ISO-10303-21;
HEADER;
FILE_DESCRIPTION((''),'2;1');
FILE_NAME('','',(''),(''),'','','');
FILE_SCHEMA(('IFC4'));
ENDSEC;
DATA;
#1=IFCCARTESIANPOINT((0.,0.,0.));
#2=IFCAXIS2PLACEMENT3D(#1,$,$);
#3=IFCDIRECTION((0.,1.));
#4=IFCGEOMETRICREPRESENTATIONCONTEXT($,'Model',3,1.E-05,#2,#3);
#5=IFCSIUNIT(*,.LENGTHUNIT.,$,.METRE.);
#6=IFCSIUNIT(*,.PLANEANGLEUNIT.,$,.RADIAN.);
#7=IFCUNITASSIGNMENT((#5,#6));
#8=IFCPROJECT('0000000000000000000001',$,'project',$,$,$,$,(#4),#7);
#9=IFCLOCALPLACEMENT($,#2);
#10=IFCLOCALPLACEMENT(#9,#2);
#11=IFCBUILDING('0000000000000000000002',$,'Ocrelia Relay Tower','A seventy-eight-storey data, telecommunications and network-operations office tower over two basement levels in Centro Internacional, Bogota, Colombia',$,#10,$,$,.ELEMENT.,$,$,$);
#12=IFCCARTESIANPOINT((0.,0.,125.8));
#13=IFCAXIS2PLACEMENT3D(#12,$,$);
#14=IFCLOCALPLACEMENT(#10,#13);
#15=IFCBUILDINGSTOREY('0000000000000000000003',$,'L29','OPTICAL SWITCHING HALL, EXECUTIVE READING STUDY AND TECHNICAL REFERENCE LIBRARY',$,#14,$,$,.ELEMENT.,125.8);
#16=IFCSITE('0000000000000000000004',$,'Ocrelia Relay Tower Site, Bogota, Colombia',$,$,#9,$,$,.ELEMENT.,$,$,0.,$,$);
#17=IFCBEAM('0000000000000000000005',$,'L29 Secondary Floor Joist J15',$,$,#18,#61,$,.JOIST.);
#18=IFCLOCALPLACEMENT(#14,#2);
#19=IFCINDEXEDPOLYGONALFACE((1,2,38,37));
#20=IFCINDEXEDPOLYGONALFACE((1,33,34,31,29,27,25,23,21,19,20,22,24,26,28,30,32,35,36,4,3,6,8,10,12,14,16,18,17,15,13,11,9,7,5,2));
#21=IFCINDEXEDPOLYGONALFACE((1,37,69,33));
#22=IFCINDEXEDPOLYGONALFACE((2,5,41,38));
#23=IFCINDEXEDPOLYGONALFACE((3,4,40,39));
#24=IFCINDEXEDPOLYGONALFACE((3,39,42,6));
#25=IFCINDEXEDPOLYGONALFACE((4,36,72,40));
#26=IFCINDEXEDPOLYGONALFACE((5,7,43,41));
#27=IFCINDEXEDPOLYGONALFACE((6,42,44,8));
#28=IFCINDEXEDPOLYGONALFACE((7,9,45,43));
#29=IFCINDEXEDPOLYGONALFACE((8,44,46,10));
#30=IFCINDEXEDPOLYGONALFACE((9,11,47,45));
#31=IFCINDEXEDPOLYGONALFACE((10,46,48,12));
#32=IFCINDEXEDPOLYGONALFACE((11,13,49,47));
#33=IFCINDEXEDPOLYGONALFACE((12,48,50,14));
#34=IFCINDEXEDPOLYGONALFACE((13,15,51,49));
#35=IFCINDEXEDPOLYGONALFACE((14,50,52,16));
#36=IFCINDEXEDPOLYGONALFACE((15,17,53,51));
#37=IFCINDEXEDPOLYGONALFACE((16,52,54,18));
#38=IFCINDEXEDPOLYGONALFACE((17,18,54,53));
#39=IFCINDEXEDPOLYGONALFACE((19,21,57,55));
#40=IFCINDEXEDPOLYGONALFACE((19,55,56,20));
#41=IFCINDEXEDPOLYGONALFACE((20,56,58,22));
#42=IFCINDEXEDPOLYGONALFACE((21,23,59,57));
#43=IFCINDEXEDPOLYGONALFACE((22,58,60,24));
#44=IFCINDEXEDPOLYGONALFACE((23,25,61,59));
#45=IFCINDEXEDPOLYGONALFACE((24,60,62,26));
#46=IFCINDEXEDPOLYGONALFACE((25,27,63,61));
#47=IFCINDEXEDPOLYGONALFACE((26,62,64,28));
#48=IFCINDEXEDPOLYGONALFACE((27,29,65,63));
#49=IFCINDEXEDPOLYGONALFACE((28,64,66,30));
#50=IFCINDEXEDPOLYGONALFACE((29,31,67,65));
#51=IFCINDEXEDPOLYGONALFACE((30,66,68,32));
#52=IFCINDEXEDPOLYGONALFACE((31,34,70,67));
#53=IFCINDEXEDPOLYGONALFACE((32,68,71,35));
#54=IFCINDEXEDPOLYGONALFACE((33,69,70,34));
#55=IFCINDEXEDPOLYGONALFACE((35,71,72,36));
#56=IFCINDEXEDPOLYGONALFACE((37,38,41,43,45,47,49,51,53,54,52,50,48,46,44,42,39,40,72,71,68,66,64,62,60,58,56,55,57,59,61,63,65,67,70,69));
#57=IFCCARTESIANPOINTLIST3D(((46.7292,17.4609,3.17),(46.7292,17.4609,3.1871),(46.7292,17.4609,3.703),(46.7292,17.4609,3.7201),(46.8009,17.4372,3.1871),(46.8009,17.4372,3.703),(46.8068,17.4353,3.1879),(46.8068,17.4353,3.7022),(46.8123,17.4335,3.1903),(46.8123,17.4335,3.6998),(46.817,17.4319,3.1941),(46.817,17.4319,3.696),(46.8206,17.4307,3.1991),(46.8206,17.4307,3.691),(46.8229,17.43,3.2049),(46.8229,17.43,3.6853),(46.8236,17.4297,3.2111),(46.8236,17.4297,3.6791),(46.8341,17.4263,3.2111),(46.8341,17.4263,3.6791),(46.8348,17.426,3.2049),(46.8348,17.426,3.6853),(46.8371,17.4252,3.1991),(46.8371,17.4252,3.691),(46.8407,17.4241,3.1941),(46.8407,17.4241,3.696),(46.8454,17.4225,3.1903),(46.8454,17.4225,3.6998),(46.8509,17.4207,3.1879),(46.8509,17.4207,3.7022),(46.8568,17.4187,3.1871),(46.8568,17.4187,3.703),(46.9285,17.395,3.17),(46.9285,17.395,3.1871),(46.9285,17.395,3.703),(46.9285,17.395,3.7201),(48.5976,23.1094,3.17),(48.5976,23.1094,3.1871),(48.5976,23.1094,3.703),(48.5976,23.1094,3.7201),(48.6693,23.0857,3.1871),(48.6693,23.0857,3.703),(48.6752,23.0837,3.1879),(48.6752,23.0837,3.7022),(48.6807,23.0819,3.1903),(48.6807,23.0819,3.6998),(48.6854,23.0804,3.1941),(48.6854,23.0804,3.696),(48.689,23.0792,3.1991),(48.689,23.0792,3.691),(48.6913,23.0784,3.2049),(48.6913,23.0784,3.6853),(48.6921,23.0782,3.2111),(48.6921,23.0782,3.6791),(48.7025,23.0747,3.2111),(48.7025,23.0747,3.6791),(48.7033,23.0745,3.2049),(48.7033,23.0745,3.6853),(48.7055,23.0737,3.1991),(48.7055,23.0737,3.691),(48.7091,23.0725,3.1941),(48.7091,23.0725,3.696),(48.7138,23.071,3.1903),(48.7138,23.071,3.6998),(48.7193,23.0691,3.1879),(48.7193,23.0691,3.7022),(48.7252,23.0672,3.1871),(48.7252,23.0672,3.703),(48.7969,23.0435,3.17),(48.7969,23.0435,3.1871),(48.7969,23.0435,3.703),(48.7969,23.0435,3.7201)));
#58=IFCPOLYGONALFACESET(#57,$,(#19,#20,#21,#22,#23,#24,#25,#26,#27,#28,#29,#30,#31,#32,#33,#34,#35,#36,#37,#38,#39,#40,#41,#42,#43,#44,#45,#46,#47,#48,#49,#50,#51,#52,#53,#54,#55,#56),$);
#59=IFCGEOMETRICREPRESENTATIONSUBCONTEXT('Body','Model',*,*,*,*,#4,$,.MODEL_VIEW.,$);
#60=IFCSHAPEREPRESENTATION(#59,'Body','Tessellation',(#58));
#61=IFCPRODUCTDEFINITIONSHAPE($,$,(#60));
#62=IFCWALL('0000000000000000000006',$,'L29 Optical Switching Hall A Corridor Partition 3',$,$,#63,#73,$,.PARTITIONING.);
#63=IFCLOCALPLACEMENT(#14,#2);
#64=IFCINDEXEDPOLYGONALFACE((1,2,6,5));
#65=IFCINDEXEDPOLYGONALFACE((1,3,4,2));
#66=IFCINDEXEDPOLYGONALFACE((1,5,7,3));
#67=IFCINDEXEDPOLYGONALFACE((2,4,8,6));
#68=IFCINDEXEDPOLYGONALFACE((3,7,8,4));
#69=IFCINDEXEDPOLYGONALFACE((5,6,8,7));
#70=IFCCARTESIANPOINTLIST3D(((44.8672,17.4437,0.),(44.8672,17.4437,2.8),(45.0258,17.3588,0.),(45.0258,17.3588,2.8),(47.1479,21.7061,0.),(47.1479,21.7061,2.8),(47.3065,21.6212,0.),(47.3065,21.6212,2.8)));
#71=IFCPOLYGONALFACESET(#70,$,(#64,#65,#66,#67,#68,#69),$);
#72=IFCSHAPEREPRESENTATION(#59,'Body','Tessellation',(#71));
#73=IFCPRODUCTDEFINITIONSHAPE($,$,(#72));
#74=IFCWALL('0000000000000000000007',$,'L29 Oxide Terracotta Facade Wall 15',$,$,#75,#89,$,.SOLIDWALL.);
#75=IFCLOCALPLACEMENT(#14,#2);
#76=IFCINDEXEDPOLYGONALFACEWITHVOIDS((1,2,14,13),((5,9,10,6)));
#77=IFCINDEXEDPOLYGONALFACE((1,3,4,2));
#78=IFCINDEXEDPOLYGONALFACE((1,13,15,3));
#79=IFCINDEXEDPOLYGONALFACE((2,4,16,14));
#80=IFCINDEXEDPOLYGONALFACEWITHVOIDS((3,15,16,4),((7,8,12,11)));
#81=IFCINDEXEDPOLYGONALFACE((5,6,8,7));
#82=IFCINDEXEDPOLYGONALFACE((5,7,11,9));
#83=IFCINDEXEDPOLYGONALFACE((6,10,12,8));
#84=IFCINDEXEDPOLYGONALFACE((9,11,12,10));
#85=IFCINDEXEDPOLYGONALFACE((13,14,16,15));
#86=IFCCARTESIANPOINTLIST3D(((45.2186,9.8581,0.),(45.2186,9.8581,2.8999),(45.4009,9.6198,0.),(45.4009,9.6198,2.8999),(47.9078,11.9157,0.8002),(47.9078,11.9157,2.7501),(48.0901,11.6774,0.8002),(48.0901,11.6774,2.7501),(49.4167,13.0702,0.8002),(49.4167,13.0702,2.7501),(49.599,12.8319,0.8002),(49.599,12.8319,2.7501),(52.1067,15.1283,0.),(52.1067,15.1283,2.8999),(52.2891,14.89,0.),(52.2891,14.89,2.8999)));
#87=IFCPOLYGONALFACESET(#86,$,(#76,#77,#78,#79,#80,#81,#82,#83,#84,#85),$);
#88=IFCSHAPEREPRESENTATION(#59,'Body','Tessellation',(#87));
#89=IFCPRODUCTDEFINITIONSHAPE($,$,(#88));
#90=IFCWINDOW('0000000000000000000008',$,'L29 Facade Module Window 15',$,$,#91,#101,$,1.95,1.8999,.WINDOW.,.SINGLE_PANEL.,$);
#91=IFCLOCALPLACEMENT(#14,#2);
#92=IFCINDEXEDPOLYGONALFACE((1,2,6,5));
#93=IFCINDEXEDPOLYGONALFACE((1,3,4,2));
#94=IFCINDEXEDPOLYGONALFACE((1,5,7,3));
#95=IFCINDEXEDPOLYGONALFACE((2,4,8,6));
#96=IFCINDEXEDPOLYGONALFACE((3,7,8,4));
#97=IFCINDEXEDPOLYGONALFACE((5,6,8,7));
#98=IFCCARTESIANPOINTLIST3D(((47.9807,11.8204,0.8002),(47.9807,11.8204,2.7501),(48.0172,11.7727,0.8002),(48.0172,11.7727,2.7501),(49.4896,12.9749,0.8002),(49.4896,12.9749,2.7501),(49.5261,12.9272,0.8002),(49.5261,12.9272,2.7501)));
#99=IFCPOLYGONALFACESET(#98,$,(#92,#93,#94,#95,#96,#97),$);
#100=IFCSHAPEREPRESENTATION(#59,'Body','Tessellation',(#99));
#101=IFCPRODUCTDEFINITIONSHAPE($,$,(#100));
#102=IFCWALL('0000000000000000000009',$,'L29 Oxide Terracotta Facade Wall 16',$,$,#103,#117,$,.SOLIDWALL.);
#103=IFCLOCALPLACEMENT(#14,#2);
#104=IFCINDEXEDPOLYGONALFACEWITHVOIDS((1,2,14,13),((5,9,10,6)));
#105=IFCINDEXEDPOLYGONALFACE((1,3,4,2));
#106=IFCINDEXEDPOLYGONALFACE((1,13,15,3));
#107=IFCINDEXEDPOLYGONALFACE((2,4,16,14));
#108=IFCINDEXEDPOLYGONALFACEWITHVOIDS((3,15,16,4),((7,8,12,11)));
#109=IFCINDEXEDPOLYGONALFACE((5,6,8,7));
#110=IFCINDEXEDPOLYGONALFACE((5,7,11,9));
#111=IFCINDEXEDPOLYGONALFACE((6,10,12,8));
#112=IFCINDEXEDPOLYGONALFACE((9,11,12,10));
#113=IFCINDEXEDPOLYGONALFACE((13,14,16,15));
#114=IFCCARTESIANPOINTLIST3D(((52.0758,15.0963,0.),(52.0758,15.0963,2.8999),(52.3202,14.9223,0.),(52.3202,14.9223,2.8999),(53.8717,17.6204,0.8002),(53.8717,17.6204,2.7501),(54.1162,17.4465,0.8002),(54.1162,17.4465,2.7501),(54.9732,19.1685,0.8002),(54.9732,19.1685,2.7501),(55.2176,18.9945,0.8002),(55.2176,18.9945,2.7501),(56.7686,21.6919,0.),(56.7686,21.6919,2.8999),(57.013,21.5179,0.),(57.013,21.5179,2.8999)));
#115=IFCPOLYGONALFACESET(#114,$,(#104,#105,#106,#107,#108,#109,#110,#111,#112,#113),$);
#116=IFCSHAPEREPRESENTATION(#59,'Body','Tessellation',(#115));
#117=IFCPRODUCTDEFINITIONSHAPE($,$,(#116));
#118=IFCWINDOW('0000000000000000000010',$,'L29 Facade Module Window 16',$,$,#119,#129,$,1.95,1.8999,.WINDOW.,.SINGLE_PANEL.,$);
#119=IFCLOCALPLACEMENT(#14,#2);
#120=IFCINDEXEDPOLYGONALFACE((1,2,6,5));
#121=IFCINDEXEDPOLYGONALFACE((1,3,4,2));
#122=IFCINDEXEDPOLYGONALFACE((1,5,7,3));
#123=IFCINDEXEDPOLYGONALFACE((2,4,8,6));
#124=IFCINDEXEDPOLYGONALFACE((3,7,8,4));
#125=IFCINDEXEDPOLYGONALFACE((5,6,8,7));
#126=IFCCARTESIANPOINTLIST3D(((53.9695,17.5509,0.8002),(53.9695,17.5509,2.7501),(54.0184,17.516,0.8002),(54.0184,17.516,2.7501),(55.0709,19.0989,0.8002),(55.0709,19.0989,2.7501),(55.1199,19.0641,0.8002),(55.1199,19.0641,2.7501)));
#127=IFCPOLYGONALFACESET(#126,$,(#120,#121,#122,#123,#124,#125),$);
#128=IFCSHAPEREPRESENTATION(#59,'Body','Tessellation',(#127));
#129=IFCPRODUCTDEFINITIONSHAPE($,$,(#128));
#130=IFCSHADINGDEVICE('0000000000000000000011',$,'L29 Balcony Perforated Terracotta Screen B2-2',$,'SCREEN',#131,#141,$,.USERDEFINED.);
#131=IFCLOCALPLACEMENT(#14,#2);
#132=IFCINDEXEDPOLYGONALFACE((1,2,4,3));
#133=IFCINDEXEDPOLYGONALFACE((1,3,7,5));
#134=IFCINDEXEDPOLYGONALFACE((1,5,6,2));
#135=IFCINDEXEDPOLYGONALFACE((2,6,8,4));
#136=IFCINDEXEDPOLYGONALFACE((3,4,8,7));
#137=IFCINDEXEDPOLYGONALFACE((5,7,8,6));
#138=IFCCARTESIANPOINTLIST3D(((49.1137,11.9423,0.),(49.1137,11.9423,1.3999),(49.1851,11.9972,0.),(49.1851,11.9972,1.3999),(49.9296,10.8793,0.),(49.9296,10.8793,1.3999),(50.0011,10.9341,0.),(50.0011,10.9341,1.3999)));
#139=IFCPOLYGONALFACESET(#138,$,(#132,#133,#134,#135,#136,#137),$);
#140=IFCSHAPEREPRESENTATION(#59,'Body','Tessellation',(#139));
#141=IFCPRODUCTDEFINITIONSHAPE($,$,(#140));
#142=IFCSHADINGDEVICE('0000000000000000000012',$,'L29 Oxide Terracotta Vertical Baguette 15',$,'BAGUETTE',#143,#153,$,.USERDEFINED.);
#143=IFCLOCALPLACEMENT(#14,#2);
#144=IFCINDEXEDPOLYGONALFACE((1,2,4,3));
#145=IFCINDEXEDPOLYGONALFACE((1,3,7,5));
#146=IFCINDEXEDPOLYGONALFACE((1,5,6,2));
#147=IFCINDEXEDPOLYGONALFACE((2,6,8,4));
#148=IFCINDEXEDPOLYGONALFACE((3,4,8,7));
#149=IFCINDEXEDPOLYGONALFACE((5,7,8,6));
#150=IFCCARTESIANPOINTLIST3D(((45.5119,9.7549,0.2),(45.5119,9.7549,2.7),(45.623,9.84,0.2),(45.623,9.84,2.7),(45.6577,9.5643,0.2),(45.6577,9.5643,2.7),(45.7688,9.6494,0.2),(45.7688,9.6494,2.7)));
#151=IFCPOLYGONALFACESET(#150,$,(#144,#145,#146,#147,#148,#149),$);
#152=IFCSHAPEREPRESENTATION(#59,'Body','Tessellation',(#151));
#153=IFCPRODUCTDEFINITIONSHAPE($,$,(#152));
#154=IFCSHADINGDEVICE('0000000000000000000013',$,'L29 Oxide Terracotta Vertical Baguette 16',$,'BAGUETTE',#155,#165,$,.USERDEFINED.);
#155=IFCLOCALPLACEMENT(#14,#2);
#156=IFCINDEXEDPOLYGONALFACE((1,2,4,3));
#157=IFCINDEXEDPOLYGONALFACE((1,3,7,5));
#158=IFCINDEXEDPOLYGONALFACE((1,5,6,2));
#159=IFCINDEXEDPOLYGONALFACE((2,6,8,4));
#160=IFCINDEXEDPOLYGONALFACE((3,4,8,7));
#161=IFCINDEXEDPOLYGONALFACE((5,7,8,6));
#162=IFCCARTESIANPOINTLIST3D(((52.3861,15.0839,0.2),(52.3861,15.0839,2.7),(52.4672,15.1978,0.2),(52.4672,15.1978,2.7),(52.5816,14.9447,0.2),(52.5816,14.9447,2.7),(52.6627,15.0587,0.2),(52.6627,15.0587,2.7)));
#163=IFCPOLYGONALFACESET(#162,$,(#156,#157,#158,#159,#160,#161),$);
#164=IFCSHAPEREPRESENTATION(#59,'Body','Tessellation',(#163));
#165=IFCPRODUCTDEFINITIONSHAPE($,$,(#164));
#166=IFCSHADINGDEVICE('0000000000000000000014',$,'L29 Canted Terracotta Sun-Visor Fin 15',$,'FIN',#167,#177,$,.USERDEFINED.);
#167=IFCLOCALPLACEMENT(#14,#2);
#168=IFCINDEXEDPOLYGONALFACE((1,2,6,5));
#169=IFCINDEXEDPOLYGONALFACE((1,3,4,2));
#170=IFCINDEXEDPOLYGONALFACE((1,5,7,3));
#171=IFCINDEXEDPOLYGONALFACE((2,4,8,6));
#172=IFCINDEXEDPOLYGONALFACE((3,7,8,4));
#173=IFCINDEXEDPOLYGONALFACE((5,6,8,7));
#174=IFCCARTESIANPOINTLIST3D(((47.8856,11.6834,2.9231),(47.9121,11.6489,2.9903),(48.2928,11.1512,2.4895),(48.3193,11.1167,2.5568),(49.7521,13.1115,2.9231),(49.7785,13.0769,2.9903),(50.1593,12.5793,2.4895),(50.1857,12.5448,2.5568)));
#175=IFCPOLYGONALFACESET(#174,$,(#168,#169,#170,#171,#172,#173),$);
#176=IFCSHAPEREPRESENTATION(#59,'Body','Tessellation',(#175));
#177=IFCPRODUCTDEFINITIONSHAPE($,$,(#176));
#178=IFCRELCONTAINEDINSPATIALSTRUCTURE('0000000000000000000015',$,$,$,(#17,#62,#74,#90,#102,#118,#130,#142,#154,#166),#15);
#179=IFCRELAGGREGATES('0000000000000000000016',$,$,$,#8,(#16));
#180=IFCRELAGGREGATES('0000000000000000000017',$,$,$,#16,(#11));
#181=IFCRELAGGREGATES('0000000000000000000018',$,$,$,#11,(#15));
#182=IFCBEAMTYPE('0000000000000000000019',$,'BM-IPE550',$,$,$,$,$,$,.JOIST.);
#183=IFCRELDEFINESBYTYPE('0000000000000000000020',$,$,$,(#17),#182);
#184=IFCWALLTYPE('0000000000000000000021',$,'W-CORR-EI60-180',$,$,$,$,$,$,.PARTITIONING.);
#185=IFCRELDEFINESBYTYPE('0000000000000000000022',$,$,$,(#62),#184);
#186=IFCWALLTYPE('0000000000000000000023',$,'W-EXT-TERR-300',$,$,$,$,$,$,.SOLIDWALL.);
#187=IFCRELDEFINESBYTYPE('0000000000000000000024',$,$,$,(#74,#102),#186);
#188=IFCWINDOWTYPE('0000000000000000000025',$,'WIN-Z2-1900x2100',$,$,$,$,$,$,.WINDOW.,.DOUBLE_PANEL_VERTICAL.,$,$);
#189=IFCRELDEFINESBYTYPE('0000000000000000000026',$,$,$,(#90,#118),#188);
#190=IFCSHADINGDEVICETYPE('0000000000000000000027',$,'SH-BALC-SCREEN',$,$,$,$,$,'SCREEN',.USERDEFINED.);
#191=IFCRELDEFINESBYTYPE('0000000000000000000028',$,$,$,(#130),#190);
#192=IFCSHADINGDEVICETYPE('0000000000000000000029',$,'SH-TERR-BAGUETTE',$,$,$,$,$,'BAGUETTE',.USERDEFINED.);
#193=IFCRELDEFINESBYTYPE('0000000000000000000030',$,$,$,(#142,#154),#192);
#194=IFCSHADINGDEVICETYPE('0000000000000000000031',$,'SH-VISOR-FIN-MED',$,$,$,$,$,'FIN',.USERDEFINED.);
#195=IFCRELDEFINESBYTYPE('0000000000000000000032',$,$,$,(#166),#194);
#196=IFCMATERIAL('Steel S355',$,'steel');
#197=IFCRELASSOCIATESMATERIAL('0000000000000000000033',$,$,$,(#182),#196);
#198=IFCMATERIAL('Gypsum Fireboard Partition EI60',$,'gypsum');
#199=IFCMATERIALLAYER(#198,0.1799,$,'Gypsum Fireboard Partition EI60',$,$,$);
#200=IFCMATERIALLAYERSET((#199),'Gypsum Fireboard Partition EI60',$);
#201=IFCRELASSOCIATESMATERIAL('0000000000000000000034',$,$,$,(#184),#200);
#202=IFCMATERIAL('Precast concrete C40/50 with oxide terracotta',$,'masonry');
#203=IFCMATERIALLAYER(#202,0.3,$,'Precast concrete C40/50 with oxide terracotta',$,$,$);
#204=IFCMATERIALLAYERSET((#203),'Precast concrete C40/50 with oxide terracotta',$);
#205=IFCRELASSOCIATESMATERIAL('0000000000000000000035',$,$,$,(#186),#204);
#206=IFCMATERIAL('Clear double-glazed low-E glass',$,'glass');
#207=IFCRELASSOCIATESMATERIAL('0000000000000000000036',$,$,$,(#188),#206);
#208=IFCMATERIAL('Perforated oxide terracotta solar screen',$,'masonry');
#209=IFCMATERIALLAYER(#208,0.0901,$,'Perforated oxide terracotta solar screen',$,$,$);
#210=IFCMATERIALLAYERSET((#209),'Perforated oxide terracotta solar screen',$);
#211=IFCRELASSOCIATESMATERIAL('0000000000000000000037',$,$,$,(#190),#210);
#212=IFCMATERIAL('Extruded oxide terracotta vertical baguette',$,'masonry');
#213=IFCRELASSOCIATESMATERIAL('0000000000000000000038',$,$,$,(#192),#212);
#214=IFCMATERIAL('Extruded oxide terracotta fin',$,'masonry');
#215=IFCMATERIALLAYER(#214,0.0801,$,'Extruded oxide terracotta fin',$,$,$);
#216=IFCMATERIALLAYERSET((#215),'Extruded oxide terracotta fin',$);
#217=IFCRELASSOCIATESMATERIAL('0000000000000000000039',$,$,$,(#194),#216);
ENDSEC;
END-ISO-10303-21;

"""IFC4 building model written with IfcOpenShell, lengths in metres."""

from ifc_helpers import new_model, si_unit, direction, frame, frame_2d, origin, origin_2d, place, context, subcontext, project, spatial, rectangle, i_section, extrude, material, layer, layer_set, material_profile, profile_set, type_object, element, fill, save


model = new_model("IFC4")

# Units and contexts
model_context = context("Model", 3, precision=1e-05, world=origin(), true_north=direction((0.0, 1.0)))
body_context = subcontext(model_context, "Body", "Model", "MODEL_VIEW")
ifc_project = project(units=[si_unit("LENGTHUNIT", "METRE"), si_unit("PLANEANGLEUNIT", "RADIAN")], contexts=[model_context])

# Site, building, storey
site_placement = place(None, origin())
site = spatial("IfcSite", under=ifc_project, at=site_placement, Name="Ocrelia Relay Tower Site, Bogota, Colombia", CompositionType="ELEMENT", RefElevation=0.0)
building_placement = place(site_placement, origin())
building = spatial("IfcBuilding", under=site, at=building_placement, Name="Ocrelia Relay Tower", Description="A seventy-eight-storey data, telecommunications and network-operations office tower over two basement levels in Centro Internacional, Bogota, Colombia", CompositionType="ELEMENT")
storey_placement = place(building_placement, frame((0.0, 0.0, 125.8)))
storey = spatial("IfcBuildingStorey", under=building, at=storey_placement, Name="L29", Description="OPTICAL SWITCHING HALL, EXECUTIVE READING STUDY AND TECHNICAL REFERENCE LIBRARY", CompositionType="ELEMENT", Elevation=125.8)

# Beam
ifc_material_1 = material(Name="Steel S355", Category="steel")
ifc_material_profile_1 = material_profile(ifc_material_1, i_section(OverallWidth=0.21, OverallDepth=0.55, WebThickness=0.011, FlangeThickness=0.0171, FilletRadius=0.0239, at=origin_2d()), Name="IPE 550")
ifc_profile_set_1 = profile_set([ifc_material_profile_1], Name="Steel S355")
beam_type_1 = type_object("IfcBeamType", Name="BM-IPE550", PredefinedType="JOIST", material=ifc_profile_set_1)
beam_1_placement = place(storey_placement, frame((46.8289, 17.428, 3.4451), z_axis=(0.314048, 0.949407, 0.0), x_axis=(-0.949407, 0.314048, 0.0)))
element("IfcBeam", 1, at=beam_1_placement, inside=storey, type_object=beam_type_1, Name="L29 Secondary Floor Joist J15", PredefinedType="JOIST", context=body_context, shape_type="SweptSolid", body=[
    extrude(i_section(OverallWidth=0.21, OverallDepth=0.55, WebThickness=0.011, FlangeThickness=0.0171, FilletRadius=0.0239, at=origin_2d()), origin(), (0.0, 0.0, 1.0), 5.9495),
])

# Wall
ifc_material_2 = material(Name="Gypsum Fireboard Partition EI60", Category="gypsum")
ifc_layer_1 = layer(ifc_material_2, 0.1799, Name="Gypsum Fireboard Partition EI60")
ifc_layer_set_1 = layer_set([ifc_layer_1], Name="Gypsum Fireboard Partition EI60")
wall_type_1 = type_object("IfcWallType", Name="W-CORR-EI60-180", PredefinedType="PARTITIONING", material=ifc_layer_set_1)
wall_1_placement = place(storey_placement, frame((44.9465, 17.4014, 0.0), z_axis=(0.0, 0.0, 1.0), x_axis=(0.471788, 0.881712, 0.0)))
element("IfcWall", 2, at=wall_1_placement, inside=storey, type_object=wall_type_1, Name="L29 Optical Switching Hall A Corridor Partition 3", PredefinedType="PARTITIONING", context=body_context, shape_type="SweptSolid", body=[
    extrude(rectangle(XDim=4.8342, YDim=0.1799, at=frame_2d((2.417, 0.0))), origin(), (0.0, 0.0, 1.0), 2.8),
])

# Walls, openings, windows
ifc_material_3 = material(Name="Precast concrete C40/50 with oxide terracotta", Category="masonry")
ifc_layer_2 = layer(ifc_material_3, 0.3, Name="Precast concrete C40/50 with oxide terracotta")
ifc_layer_set_2 = layer_set([ifc_layer_2], Name="Precast concrete C40/50 with oxide terracotta")
wall_type_2 = type_object("IfcWallType", Name="W-EXT-TERR-300", PredefinedType="SOLIDWALL", material=ifc_layer_set_2)
wall_2_placement = place(storey_placement, frame((45.3098, 9.739, 0.0), z_axis=(0.0, 0.0, 1.0), x_axis=(0.7942, 0.607656, 0.0)))
wall_2 = element("IfcWall", 3, at=wall_2_placement, inside=storey, type_object=wall_type_2, Name="L29 Oxide Terracotta Facade Wall 15", PredefinedType="SOLIDWALL", context=body_context, shape_type="SweptSolid", body=[
    extrude(rectangle(XDim=8.6731, YDim=0.3, at=frame_2d((4.3364, 0.0))), origin(), (0.0, 0.0, 1.0), 2.8999),
])
opening_1_placement = place(wall_2_placement, frame((3.386, 0.0, 0.8)))
opening_1 = element("IfcOpeningElement", 4, at=opening_1_placement, cuts=wall_2, PredefinedType="OPENING", context=body_context, shape_type="SweptSolid", body=[
    extrude(rectangle(XDim=1.8999, YDim=1.95, at=frame_2d((0.95, 0.9751))), frame((0.0, 0.1602, 0.0), z_axis=(0.0, -1.0, 0.0), x_axis=(1.0, 0.0, 0.0)), (0.0, 0.0, 1.0), 0.3201),
])
ifc_material_4 = material(Name="Clear double-glazed low-E glass", Category="glass")
window_type = type_object("IfcWindowType", Name="WIN-Z2-1900x2100", PartitioningType="DOUBLE_PANEL_VERTICAL", PredefinedType="WINDOW", material=ifc_material_4)
window_1_placement = place(opening_1_placement, origin())
window_1 = element("IfcWindow", 5, at=window_1_placement, inside=storey, type_object=window_type, Name="L29 Facade Module Window 15", OverallHeight=1.95, OverallWidth=1.8999, PartitioningType="SINGLE_PANEL", PredefinedType="WINDOW", context=body_context, shape_type="SweptSolid", body=[
    extrude(rectangle(XDim=1.8999, YDim=1.95, at=frame_2d((0.95, 0.9751))), frame((0.0, 0.03, 0.0), z_axis=(0.0, -1.0, 0.0), x_axis=(1.0, 0.0, 0.0)), (0.0, 0.0, 1.0), 0.0601),
])
fill(opening_1, window_1)
wall_3_placement = place(storey_placement, frame((52.198, 15.0093, 0.0), z_axis=(0.0, 0.0, 1.0), x_axis=(0.579737, 0.814804, 0.0)))
wall_3 = element("IfcWall", 6, at=wall_3_placement, inside=storey, type_object=wall_type_2, Name="L29 Oxide Terracotta Facade Wall 16", PredefinedType="SOLIDWALL", context=body_context, shape_type="SweptSolid", body=[
    extrude(rectangle(XDim=8.0947, YDim=0.3, at=frame_2d((4.0474, 0.0))), origin(), (0.0, 0.0, 1.0), 2.8999),
])
opening_2_placement = place(wall_3_placement, frame((3.0979, 0.0, 0.8)))
opening_2 = element("IfcOpeningElement", 7, at=opening_2_placement, cuts=wall_3, PredefinedType="OPENING", context=body_context, shape_type="SweptSolid", body=[
    extrude(rectangle(XDim=1.8999, YDim=1.95, at=frame_2d((0.95, 0.9751))), frame((0.0, 0.1602, 0.0), z_axis=(0.0, -1.0, 0.0), x_axis=(1.0, 0.0, 0.0)), (0.0, 0.0, 1.0), 0.3201),
])
window_2_placement = place(opening_2_placement, origin())
window_2 = element("IfcWindow", 8, at=window_2_placement, inside=storey, type_object=window_type, Name="L29 Facade Module Window 16", OverallHeight=1.95, OverallWidth=1.8999, PartitioningType="SINGLE_PANEL", PredefinedType="WINDOW", context=body_context, shape_type="SweptSolid", body=[
    extrude(rectangle(XDim=1.8999, YDim=1.95, at=frame_2d((0.95, 0.9751))), frame((0.0, 0.03, 0.0), z_axis=(0.0, -1.0, 0.0), x_axis=(1.0, 0.0, 0.0)), (0.0, 0.0, 1.0), 0.0601),
])
fill(opening_2, window_2)

# Shading devices
ifc_material_5 = material(Name="Perforated oxide terracotta solar screen", Category="masonry")
ifc_layer_3 = layer(ifc_material_5, 0.0901, Name="Perforated oxide terracotta solar screen")
ifc_layer_set_3 = layer_set([ifc_layer_3], Name="Perforated oxide terracotta solar screen")
shading_device_type_1 = type_object("IfcShadingDeviceType", Name="SH-BALC-SCREEN", ElementType="SCREEN", PredefinedType="USERDEFINED", material=ifc_layer_set_3)
shading_device_1_placement = place(storey_placement, frame((49.5574, 11.4382, 0.0), z_axis=(0.0, 0.0, 1.0), x_axis=(0.60885, -0.793285, 0.0)))
element("IfcShadingDevice", 9, at=shading_device_1_placement, inside=storey, type_object=shading_device_type_1, Name="L29 Balcony Perforated Terracotta Screen B2-2", ObjectType="SCREEN", PredefinedType="USERDEFINED", context=body_context, shape_type="SweptSolid", body=[
    extrude(rectangle(XDim=1.3401, YDim=0.0901, at=origin_2d()), origin(), (0.0, 0.0, 1.0), 1.3999),
])
ifc_material_6 = material(Name="Extruded oxide terracotta vertical baguette", Category="masonry")
shading_device_type_2 = type_object("IfcShadingDeviceType", Name="SH-TERR-BAGUETTE", ElementType="BAGUETTE", PredefinedType="USERDEFINED", material=ifc_material_6)
for number, where, z_axis, x_axis, name in (
    (10, (45.6404, 9.7021, 0.2), (0.0, 0.0, 1.0), (0.794191, 0.607669, 0.0), "L29 Oxide Terracotta Vertical Baguette 15"),
    (11, (52.5244, 15.0713, 0.2), (0.0, 0.0, 1.0), (0.579736, 0.814805, 0.0), "L29 Oxide Terracotta Vertical Baguette 16"),
):
    element("IfcShadingDevice", number, at=place(storey_placement, frame(where, z_axis=z_axis, x_axis=x_axis)), inside=storey, type_object=shading_device_type_2, Name=name, ObjectType="BAGUETTE", PredefinedType="USERDEFINED", context=body_context, shape_type="SweptSolid", body=[
        extrude(rectangle(XDim=0.1399, YDim=0.24, at=origin_2d()), origin(), (0.0, 0.0, 1.0), 2.5),
    ])
ifc_material_7 = material(Name="Extruded oxide terracotta fin", Category="masonry")
ifc_layer_4 = layer(ifc_material_7, 0.0801, Name="Extruded oxide terracotta fin")
ifc_layer_set_4 = layer_set([ifc_layer_4], Name="Extruded oxide terracotta fin")
shading_device_type_3 = type_object("IfcShadingDeviceType", Name="SH-VISOR-FIN-MED", ElementType="FIN", PredefinedType="USERDEFINED", material=ifc_layer_set_4)
shading_device_2_placement = place(storey_placement, frame((49.0225, 12.1313, 2.7063), z_axis=(0.33007, -0.431384, 0.83962), x_axis=(0.794191, 0.607669, 0.0)))
element("IfcShadingDevice", 12, at=shading_device_2_placement, inside=storey, type_object=shading_device_type_3, Name="L29 Canted Terracotta Sun-Visor Fin 15", ObjectType="FIN", PredefinedType="USERDEFINED", context=body_context, shape_type="SweptSolid", body=[
    extrude(rectangle(XDim=2.3501, YDim=0.7981, at=origin_2d()), origin(), (0.0, 0.0, 1.0), 0.0801),
])

save(model, "model.ifc")
